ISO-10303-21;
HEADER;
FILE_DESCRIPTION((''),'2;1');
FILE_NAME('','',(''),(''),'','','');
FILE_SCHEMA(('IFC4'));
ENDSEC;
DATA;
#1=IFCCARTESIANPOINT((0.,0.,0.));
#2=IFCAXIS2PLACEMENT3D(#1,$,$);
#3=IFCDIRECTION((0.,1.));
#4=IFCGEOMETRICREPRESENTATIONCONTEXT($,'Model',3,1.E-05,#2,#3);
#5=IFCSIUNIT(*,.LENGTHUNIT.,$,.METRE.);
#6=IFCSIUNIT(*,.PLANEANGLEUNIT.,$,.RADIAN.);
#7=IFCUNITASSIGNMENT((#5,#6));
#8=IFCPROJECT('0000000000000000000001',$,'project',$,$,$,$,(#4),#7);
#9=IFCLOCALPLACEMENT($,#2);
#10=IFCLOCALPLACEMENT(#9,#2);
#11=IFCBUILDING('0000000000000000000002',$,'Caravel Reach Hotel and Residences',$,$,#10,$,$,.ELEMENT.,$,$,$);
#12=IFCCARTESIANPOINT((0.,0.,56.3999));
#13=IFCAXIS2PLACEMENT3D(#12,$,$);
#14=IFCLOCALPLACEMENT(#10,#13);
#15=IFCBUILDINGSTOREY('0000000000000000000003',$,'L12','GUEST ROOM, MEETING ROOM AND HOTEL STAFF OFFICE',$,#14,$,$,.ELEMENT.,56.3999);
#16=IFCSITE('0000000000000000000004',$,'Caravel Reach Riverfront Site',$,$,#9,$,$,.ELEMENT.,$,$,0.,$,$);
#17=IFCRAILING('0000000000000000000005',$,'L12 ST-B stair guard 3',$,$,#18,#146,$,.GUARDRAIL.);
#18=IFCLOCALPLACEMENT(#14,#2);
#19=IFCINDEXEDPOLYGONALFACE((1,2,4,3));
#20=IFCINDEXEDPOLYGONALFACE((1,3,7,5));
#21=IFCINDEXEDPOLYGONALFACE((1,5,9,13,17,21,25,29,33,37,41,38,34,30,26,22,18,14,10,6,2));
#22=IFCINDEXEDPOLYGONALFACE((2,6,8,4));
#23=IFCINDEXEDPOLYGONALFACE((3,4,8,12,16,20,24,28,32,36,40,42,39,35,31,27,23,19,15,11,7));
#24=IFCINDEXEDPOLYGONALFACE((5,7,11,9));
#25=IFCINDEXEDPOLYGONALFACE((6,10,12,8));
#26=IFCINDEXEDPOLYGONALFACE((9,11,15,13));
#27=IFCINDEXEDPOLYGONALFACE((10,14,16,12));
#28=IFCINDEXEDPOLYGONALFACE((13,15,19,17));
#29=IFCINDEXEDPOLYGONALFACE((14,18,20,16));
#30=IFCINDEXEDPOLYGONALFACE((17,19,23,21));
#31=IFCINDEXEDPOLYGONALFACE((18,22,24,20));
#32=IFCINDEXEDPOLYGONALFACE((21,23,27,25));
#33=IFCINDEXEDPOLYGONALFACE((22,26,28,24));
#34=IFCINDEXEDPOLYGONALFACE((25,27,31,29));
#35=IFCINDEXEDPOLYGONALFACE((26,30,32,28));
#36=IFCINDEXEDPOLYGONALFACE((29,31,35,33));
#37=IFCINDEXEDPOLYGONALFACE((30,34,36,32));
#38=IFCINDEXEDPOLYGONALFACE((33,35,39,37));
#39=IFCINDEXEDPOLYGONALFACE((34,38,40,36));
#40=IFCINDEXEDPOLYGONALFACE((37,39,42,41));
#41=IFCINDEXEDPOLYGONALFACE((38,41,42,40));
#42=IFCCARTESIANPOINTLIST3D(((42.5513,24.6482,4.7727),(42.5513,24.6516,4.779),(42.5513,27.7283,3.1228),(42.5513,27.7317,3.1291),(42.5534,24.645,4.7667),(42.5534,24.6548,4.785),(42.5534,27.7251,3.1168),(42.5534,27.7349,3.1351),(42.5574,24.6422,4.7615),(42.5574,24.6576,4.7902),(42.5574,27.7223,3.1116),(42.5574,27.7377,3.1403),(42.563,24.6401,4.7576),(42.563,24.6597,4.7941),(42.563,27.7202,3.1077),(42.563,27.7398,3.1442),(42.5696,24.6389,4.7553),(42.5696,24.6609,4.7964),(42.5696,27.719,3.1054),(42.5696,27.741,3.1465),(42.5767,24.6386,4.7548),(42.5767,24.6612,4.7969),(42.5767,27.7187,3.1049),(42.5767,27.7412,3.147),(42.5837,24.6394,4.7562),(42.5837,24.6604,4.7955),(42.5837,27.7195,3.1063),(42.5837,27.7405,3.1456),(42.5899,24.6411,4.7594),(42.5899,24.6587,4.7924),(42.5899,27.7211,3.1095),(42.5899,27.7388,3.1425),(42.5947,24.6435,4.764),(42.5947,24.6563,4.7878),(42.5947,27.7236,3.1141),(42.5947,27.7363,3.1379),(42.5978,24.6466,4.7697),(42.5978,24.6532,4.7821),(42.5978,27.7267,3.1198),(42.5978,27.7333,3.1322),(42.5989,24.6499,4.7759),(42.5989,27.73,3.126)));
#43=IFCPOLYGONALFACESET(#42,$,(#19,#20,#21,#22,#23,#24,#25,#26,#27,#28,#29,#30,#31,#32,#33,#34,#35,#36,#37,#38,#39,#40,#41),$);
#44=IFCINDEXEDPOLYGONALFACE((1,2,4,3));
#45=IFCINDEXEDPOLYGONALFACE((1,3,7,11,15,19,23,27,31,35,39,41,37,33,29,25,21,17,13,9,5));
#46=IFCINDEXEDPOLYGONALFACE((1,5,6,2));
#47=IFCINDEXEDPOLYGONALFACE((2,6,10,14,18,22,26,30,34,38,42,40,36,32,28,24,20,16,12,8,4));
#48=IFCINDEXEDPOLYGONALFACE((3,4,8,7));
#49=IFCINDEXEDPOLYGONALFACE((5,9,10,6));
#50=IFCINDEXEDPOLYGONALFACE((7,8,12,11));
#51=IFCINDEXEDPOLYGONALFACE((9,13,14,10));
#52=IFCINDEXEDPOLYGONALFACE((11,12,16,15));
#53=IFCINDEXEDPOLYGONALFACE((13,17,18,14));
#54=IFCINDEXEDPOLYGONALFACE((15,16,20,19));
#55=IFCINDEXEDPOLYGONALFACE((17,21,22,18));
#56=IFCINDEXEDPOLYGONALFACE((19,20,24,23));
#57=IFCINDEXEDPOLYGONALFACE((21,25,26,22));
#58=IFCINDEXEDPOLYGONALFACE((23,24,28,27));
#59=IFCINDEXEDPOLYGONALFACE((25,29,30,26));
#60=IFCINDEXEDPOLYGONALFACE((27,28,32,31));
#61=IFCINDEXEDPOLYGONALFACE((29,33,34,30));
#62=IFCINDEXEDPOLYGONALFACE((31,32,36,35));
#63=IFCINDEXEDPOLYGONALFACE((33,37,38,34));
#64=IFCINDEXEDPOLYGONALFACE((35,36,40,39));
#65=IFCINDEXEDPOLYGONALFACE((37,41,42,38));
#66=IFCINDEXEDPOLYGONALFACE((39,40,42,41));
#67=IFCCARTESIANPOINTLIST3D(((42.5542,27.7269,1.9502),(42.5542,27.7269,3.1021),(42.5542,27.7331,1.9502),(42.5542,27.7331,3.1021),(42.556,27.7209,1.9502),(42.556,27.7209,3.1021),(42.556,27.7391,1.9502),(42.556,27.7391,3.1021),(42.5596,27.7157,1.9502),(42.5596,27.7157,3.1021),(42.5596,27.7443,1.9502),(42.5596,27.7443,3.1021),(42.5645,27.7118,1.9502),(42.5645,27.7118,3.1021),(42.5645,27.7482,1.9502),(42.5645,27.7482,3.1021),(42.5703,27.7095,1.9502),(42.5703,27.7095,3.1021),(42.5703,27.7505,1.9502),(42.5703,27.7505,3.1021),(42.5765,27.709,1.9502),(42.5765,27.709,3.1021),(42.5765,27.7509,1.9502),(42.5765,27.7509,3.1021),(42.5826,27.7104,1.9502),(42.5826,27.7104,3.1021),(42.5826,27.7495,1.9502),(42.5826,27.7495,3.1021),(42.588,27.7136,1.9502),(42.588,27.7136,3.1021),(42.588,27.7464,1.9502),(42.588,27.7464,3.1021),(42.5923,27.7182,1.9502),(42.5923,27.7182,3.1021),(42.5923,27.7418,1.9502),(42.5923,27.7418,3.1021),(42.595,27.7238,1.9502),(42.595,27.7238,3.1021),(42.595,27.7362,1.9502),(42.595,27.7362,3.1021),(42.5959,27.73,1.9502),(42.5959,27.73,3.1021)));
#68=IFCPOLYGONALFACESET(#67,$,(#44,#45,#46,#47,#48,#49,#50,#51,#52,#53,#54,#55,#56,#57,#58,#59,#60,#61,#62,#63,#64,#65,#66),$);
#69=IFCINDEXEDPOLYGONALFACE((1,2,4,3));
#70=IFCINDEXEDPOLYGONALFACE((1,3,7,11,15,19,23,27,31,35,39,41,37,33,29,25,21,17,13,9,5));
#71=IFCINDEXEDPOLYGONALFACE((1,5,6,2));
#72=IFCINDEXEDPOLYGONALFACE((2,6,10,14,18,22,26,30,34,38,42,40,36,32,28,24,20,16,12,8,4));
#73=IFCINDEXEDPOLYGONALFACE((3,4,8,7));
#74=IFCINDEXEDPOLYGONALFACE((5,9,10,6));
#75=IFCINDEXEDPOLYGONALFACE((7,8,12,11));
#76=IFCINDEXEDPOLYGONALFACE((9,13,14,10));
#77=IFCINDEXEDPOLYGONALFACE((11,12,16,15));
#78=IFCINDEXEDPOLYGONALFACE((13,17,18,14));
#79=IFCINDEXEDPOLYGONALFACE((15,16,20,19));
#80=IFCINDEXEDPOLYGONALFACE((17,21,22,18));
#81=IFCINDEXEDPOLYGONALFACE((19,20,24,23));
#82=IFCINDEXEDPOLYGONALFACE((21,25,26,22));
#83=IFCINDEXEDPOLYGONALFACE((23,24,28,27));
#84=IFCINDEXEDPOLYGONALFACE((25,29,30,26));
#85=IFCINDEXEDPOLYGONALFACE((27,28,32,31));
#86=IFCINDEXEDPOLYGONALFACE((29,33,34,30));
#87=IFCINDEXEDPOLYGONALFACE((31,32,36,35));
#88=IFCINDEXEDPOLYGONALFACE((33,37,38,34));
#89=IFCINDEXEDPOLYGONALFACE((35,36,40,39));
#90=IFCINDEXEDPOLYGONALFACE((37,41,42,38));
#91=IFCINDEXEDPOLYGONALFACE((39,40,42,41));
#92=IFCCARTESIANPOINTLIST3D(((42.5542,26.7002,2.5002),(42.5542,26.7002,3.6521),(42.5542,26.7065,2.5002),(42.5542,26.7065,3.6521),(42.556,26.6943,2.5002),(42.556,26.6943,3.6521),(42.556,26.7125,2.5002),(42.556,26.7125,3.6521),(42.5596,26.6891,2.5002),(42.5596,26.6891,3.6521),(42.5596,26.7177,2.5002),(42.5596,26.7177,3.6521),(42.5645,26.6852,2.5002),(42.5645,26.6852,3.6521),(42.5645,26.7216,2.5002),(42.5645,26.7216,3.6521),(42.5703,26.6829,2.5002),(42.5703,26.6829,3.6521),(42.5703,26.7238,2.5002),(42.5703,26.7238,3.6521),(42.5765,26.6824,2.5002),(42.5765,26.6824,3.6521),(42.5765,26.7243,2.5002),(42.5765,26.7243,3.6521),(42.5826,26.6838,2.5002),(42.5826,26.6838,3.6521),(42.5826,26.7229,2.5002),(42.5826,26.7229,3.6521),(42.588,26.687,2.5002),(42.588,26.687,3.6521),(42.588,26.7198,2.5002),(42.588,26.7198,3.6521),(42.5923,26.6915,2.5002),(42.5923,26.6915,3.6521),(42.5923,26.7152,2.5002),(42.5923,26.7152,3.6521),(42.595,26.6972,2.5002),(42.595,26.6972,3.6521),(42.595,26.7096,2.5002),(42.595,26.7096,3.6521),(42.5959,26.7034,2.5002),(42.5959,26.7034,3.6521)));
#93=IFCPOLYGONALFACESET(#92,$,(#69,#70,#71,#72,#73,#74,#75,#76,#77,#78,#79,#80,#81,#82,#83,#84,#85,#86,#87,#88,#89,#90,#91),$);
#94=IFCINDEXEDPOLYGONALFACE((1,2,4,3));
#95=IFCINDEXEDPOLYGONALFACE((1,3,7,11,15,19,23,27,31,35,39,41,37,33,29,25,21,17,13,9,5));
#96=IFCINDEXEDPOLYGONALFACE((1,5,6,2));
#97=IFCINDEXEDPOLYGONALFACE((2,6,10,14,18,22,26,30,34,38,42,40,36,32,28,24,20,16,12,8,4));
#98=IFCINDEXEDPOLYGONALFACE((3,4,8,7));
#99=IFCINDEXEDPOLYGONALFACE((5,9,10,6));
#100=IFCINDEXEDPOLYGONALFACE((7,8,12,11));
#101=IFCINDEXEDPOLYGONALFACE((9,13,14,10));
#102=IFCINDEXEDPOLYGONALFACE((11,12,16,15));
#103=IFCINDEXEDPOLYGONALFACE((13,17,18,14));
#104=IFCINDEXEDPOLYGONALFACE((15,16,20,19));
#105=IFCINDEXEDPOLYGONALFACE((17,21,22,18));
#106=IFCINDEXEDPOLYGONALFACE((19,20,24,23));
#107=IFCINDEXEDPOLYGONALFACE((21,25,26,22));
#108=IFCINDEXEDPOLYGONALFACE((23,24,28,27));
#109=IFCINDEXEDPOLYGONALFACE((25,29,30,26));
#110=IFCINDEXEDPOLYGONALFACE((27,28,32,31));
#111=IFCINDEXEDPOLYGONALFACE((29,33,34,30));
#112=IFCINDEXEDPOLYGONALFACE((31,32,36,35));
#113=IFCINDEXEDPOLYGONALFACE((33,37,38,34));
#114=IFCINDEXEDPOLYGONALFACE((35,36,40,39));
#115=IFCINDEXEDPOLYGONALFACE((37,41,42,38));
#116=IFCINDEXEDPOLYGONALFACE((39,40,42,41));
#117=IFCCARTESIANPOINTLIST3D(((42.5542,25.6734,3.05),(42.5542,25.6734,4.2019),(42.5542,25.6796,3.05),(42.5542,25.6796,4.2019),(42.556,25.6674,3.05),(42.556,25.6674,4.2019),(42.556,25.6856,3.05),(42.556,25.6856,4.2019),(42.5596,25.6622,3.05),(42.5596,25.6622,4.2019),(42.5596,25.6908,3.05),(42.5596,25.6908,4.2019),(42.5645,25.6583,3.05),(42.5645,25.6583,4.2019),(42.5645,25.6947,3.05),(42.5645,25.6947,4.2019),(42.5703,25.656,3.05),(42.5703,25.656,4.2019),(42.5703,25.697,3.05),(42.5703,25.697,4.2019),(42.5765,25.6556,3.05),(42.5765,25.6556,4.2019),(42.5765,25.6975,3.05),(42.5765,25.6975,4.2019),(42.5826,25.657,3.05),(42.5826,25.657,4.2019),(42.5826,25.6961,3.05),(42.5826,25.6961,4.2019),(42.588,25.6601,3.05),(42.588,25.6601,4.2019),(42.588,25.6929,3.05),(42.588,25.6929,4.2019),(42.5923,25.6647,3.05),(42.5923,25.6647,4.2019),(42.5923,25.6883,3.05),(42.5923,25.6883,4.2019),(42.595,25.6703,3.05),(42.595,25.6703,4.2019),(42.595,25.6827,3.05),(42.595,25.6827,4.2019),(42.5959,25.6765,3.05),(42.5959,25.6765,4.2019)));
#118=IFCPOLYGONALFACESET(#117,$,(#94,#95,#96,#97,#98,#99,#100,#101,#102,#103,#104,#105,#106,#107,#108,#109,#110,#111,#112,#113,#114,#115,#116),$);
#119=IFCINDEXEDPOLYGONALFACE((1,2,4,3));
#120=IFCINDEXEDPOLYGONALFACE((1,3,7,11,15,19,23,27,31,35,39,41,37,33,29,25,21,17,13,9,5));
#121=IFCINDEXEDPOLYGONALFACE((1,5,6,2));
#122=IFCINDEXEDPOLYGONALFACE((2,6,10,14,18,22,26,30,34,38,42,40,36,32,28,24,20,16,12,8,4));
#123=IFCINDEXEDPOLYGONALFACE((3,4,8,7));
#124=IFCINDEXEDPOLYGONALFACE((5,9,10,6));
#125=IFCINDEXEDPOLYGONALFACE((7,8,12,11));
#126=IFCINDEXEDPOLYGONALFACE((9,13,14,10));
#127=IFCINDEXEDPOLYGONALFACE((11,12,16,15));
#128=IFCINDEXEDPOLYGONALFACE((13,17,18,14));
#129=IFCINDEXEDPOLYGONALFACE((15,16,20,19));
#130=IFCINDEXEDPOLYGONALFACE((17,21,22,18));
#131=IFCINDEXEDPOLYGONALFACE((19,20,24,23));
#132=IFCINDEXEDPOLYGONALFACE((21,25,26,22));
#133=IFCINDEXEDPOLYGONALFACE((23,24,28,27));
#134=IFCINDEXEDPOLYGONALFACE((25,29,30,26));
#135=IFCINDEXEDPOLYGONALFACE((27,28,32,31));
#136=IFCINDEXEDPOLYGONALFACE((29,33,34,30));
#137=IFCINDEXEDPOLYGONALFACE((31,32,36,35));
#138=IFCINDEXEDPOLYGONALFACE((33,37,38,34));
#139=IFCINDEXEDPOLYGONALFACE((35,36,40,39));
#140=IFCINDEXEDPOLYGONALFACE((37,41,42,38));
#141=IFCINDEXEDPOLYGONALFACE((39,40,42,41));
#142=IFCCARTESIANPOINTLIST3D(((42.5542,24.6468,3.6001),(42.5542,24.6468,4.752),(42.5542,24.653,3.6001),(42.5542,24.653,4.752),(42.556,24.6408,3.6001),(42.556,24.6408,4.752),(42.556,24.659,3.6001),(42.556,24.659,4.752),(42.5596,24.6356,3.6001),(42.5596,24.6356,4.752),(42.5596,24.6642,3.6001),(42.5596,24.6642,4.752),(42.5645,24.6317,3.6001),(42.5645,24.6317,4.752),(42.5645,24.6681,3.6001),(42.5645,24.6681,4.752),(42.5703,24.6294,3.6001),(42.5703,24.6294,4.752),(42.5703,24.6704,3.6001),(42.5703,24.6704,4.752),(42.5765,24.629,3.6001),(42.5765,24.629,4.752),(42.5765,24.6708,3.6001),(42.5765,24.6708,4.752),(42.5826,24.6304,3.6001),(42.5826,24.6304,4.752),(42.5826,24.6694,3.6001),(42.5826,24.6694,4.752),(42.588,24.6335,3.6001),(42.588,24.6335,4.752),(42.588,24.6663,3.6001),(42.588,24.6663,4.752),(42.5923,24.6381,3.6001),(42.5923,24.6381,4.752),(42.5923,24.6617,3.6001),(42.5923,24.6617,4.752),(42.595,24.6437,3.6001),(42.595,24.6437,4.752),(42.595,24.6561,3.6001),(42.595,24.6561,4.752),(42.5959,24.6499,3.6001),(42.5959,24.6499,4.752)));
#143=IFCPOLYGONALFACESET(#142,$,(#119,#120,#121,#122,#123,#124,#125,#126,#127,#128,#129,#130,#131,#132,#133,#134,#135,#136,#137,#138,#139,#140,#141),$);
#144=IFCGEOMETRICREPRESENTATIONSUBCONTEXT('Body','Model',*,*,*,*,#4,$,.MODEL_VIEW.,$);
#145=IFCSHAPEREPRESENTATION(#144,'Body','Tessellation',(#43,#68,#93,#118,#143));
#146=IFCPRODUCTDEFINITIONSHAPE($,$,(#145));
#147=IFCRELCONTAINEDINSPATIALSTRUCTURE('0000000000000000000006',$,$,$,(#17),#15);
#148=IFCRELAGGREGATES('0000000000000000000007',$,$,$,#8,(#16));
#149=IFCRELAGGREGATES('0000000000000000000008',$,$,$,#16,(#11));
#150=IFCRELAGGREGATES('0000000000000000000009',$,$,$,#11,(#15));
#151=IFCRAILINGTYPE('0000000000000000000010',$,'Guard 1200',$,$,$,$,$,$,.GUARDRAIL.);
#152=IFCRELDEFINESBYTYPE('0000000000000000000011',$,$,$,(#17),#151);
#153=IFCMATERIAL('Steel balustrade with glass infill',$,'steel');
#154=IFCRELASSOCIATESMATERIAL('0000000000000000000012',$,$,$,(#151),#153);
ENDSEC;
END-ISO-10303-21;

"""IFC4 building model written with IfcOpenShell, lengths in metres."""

from ifc_helpers import new_model, si_unit, direction, frame, origin, origin_2d, place, context, subcontext, project, spatial, circle, extrude, material, type_object, element, save


model = new_model("IFC4")

# Units and contexts
model_context = context("Model", 3, precision=1e-05, world=origin(), true_north=direction((0.0, 1.0)))
body_context = subcontext(model_context, "Body", "Model", "MODEL_VIEW")
ifc_project = project(units=[si_unit("LENGTHUNIT", "METRE"), si_unit("PLANEANGLEUNIT", "RADIAN")], contexts=[model_context])

# Site, building, storey
site_placement = place(None, origin())
site = spatial("IfcSite", under=ifc_project, at=site_placement, Name="Caravel Reach Riverfront Site", CompositionType="ELEMENT", RefElevation=0.0)
building_placement = place(site_placement, origin())
building = spatial("IfcBuilding", under=site, at=building_placement, Name="Caravel Reach Hotel and Residences", CompositionType="ELEMENT")
storey_placement = place(building_placement, frame((0.0, 0.0, 56.3999)))
storey = spatial("IfcBuildingStorey", under=building, at=storey_placement, Name="L12", Description="GUEST ROOM, MEETING ROOM AND HOTEL STAFF OFFICE", CompositionType="ELEMENT", Elevation=56.3999)

# Railing
ifc_material_1 = material(Name="Steel balustrade with glass infill", Category="steel")
railing_type_1 = type_object("IfcRailingType", Name="Guard 1200", PredefinedType="GUARDRAIL", material=ifc_material_1)
railing_1_placement = place(storey_placement, frame((42.575, 27.73, 1.9502)))
element("IfcRailing", 1, at=railing_1_placement, inside=storey, type_object=railing_type_1, Name="L12 ST-B stair guard 3", PredefinedType="GUARDRAIL", context=body_context, shape_type="SweptSolid", body=[
    extrude(circle(Radius=0.0239, at=origin_2d()), frame((0.0, 0.0, 1.1758), z_axis=(0.0, -0.881497, 0.47219), x_axis=(1.0, 0.0, 0.0)), (0.0, 0.0, 1.0), 3.4941),
    extrude(circle(Radius=0.021, at=origin_2d()), origin(), (0.0, 0.0, 1.0), 1.1519),
    extrude(circle(Radius=0.021, at=origin_2d()), frame((0.0, -1.0266, 0.55)), (0.0, 0.0, 1.0), 1.1519),
    extrude(circle(Radius=0.021, at=origin_2d()), frame((0.0, -2.0535, 1.0999)), (0.0, 0.0, 1.0), 1.1519),
    extrude(circle(Radius=0.021, at=origin_2d()), frame((0.0, -3.0801, 1.6499)), (0.0, 0.0, 1.0), 1.1519),
])

save(model, "model.ifc")
